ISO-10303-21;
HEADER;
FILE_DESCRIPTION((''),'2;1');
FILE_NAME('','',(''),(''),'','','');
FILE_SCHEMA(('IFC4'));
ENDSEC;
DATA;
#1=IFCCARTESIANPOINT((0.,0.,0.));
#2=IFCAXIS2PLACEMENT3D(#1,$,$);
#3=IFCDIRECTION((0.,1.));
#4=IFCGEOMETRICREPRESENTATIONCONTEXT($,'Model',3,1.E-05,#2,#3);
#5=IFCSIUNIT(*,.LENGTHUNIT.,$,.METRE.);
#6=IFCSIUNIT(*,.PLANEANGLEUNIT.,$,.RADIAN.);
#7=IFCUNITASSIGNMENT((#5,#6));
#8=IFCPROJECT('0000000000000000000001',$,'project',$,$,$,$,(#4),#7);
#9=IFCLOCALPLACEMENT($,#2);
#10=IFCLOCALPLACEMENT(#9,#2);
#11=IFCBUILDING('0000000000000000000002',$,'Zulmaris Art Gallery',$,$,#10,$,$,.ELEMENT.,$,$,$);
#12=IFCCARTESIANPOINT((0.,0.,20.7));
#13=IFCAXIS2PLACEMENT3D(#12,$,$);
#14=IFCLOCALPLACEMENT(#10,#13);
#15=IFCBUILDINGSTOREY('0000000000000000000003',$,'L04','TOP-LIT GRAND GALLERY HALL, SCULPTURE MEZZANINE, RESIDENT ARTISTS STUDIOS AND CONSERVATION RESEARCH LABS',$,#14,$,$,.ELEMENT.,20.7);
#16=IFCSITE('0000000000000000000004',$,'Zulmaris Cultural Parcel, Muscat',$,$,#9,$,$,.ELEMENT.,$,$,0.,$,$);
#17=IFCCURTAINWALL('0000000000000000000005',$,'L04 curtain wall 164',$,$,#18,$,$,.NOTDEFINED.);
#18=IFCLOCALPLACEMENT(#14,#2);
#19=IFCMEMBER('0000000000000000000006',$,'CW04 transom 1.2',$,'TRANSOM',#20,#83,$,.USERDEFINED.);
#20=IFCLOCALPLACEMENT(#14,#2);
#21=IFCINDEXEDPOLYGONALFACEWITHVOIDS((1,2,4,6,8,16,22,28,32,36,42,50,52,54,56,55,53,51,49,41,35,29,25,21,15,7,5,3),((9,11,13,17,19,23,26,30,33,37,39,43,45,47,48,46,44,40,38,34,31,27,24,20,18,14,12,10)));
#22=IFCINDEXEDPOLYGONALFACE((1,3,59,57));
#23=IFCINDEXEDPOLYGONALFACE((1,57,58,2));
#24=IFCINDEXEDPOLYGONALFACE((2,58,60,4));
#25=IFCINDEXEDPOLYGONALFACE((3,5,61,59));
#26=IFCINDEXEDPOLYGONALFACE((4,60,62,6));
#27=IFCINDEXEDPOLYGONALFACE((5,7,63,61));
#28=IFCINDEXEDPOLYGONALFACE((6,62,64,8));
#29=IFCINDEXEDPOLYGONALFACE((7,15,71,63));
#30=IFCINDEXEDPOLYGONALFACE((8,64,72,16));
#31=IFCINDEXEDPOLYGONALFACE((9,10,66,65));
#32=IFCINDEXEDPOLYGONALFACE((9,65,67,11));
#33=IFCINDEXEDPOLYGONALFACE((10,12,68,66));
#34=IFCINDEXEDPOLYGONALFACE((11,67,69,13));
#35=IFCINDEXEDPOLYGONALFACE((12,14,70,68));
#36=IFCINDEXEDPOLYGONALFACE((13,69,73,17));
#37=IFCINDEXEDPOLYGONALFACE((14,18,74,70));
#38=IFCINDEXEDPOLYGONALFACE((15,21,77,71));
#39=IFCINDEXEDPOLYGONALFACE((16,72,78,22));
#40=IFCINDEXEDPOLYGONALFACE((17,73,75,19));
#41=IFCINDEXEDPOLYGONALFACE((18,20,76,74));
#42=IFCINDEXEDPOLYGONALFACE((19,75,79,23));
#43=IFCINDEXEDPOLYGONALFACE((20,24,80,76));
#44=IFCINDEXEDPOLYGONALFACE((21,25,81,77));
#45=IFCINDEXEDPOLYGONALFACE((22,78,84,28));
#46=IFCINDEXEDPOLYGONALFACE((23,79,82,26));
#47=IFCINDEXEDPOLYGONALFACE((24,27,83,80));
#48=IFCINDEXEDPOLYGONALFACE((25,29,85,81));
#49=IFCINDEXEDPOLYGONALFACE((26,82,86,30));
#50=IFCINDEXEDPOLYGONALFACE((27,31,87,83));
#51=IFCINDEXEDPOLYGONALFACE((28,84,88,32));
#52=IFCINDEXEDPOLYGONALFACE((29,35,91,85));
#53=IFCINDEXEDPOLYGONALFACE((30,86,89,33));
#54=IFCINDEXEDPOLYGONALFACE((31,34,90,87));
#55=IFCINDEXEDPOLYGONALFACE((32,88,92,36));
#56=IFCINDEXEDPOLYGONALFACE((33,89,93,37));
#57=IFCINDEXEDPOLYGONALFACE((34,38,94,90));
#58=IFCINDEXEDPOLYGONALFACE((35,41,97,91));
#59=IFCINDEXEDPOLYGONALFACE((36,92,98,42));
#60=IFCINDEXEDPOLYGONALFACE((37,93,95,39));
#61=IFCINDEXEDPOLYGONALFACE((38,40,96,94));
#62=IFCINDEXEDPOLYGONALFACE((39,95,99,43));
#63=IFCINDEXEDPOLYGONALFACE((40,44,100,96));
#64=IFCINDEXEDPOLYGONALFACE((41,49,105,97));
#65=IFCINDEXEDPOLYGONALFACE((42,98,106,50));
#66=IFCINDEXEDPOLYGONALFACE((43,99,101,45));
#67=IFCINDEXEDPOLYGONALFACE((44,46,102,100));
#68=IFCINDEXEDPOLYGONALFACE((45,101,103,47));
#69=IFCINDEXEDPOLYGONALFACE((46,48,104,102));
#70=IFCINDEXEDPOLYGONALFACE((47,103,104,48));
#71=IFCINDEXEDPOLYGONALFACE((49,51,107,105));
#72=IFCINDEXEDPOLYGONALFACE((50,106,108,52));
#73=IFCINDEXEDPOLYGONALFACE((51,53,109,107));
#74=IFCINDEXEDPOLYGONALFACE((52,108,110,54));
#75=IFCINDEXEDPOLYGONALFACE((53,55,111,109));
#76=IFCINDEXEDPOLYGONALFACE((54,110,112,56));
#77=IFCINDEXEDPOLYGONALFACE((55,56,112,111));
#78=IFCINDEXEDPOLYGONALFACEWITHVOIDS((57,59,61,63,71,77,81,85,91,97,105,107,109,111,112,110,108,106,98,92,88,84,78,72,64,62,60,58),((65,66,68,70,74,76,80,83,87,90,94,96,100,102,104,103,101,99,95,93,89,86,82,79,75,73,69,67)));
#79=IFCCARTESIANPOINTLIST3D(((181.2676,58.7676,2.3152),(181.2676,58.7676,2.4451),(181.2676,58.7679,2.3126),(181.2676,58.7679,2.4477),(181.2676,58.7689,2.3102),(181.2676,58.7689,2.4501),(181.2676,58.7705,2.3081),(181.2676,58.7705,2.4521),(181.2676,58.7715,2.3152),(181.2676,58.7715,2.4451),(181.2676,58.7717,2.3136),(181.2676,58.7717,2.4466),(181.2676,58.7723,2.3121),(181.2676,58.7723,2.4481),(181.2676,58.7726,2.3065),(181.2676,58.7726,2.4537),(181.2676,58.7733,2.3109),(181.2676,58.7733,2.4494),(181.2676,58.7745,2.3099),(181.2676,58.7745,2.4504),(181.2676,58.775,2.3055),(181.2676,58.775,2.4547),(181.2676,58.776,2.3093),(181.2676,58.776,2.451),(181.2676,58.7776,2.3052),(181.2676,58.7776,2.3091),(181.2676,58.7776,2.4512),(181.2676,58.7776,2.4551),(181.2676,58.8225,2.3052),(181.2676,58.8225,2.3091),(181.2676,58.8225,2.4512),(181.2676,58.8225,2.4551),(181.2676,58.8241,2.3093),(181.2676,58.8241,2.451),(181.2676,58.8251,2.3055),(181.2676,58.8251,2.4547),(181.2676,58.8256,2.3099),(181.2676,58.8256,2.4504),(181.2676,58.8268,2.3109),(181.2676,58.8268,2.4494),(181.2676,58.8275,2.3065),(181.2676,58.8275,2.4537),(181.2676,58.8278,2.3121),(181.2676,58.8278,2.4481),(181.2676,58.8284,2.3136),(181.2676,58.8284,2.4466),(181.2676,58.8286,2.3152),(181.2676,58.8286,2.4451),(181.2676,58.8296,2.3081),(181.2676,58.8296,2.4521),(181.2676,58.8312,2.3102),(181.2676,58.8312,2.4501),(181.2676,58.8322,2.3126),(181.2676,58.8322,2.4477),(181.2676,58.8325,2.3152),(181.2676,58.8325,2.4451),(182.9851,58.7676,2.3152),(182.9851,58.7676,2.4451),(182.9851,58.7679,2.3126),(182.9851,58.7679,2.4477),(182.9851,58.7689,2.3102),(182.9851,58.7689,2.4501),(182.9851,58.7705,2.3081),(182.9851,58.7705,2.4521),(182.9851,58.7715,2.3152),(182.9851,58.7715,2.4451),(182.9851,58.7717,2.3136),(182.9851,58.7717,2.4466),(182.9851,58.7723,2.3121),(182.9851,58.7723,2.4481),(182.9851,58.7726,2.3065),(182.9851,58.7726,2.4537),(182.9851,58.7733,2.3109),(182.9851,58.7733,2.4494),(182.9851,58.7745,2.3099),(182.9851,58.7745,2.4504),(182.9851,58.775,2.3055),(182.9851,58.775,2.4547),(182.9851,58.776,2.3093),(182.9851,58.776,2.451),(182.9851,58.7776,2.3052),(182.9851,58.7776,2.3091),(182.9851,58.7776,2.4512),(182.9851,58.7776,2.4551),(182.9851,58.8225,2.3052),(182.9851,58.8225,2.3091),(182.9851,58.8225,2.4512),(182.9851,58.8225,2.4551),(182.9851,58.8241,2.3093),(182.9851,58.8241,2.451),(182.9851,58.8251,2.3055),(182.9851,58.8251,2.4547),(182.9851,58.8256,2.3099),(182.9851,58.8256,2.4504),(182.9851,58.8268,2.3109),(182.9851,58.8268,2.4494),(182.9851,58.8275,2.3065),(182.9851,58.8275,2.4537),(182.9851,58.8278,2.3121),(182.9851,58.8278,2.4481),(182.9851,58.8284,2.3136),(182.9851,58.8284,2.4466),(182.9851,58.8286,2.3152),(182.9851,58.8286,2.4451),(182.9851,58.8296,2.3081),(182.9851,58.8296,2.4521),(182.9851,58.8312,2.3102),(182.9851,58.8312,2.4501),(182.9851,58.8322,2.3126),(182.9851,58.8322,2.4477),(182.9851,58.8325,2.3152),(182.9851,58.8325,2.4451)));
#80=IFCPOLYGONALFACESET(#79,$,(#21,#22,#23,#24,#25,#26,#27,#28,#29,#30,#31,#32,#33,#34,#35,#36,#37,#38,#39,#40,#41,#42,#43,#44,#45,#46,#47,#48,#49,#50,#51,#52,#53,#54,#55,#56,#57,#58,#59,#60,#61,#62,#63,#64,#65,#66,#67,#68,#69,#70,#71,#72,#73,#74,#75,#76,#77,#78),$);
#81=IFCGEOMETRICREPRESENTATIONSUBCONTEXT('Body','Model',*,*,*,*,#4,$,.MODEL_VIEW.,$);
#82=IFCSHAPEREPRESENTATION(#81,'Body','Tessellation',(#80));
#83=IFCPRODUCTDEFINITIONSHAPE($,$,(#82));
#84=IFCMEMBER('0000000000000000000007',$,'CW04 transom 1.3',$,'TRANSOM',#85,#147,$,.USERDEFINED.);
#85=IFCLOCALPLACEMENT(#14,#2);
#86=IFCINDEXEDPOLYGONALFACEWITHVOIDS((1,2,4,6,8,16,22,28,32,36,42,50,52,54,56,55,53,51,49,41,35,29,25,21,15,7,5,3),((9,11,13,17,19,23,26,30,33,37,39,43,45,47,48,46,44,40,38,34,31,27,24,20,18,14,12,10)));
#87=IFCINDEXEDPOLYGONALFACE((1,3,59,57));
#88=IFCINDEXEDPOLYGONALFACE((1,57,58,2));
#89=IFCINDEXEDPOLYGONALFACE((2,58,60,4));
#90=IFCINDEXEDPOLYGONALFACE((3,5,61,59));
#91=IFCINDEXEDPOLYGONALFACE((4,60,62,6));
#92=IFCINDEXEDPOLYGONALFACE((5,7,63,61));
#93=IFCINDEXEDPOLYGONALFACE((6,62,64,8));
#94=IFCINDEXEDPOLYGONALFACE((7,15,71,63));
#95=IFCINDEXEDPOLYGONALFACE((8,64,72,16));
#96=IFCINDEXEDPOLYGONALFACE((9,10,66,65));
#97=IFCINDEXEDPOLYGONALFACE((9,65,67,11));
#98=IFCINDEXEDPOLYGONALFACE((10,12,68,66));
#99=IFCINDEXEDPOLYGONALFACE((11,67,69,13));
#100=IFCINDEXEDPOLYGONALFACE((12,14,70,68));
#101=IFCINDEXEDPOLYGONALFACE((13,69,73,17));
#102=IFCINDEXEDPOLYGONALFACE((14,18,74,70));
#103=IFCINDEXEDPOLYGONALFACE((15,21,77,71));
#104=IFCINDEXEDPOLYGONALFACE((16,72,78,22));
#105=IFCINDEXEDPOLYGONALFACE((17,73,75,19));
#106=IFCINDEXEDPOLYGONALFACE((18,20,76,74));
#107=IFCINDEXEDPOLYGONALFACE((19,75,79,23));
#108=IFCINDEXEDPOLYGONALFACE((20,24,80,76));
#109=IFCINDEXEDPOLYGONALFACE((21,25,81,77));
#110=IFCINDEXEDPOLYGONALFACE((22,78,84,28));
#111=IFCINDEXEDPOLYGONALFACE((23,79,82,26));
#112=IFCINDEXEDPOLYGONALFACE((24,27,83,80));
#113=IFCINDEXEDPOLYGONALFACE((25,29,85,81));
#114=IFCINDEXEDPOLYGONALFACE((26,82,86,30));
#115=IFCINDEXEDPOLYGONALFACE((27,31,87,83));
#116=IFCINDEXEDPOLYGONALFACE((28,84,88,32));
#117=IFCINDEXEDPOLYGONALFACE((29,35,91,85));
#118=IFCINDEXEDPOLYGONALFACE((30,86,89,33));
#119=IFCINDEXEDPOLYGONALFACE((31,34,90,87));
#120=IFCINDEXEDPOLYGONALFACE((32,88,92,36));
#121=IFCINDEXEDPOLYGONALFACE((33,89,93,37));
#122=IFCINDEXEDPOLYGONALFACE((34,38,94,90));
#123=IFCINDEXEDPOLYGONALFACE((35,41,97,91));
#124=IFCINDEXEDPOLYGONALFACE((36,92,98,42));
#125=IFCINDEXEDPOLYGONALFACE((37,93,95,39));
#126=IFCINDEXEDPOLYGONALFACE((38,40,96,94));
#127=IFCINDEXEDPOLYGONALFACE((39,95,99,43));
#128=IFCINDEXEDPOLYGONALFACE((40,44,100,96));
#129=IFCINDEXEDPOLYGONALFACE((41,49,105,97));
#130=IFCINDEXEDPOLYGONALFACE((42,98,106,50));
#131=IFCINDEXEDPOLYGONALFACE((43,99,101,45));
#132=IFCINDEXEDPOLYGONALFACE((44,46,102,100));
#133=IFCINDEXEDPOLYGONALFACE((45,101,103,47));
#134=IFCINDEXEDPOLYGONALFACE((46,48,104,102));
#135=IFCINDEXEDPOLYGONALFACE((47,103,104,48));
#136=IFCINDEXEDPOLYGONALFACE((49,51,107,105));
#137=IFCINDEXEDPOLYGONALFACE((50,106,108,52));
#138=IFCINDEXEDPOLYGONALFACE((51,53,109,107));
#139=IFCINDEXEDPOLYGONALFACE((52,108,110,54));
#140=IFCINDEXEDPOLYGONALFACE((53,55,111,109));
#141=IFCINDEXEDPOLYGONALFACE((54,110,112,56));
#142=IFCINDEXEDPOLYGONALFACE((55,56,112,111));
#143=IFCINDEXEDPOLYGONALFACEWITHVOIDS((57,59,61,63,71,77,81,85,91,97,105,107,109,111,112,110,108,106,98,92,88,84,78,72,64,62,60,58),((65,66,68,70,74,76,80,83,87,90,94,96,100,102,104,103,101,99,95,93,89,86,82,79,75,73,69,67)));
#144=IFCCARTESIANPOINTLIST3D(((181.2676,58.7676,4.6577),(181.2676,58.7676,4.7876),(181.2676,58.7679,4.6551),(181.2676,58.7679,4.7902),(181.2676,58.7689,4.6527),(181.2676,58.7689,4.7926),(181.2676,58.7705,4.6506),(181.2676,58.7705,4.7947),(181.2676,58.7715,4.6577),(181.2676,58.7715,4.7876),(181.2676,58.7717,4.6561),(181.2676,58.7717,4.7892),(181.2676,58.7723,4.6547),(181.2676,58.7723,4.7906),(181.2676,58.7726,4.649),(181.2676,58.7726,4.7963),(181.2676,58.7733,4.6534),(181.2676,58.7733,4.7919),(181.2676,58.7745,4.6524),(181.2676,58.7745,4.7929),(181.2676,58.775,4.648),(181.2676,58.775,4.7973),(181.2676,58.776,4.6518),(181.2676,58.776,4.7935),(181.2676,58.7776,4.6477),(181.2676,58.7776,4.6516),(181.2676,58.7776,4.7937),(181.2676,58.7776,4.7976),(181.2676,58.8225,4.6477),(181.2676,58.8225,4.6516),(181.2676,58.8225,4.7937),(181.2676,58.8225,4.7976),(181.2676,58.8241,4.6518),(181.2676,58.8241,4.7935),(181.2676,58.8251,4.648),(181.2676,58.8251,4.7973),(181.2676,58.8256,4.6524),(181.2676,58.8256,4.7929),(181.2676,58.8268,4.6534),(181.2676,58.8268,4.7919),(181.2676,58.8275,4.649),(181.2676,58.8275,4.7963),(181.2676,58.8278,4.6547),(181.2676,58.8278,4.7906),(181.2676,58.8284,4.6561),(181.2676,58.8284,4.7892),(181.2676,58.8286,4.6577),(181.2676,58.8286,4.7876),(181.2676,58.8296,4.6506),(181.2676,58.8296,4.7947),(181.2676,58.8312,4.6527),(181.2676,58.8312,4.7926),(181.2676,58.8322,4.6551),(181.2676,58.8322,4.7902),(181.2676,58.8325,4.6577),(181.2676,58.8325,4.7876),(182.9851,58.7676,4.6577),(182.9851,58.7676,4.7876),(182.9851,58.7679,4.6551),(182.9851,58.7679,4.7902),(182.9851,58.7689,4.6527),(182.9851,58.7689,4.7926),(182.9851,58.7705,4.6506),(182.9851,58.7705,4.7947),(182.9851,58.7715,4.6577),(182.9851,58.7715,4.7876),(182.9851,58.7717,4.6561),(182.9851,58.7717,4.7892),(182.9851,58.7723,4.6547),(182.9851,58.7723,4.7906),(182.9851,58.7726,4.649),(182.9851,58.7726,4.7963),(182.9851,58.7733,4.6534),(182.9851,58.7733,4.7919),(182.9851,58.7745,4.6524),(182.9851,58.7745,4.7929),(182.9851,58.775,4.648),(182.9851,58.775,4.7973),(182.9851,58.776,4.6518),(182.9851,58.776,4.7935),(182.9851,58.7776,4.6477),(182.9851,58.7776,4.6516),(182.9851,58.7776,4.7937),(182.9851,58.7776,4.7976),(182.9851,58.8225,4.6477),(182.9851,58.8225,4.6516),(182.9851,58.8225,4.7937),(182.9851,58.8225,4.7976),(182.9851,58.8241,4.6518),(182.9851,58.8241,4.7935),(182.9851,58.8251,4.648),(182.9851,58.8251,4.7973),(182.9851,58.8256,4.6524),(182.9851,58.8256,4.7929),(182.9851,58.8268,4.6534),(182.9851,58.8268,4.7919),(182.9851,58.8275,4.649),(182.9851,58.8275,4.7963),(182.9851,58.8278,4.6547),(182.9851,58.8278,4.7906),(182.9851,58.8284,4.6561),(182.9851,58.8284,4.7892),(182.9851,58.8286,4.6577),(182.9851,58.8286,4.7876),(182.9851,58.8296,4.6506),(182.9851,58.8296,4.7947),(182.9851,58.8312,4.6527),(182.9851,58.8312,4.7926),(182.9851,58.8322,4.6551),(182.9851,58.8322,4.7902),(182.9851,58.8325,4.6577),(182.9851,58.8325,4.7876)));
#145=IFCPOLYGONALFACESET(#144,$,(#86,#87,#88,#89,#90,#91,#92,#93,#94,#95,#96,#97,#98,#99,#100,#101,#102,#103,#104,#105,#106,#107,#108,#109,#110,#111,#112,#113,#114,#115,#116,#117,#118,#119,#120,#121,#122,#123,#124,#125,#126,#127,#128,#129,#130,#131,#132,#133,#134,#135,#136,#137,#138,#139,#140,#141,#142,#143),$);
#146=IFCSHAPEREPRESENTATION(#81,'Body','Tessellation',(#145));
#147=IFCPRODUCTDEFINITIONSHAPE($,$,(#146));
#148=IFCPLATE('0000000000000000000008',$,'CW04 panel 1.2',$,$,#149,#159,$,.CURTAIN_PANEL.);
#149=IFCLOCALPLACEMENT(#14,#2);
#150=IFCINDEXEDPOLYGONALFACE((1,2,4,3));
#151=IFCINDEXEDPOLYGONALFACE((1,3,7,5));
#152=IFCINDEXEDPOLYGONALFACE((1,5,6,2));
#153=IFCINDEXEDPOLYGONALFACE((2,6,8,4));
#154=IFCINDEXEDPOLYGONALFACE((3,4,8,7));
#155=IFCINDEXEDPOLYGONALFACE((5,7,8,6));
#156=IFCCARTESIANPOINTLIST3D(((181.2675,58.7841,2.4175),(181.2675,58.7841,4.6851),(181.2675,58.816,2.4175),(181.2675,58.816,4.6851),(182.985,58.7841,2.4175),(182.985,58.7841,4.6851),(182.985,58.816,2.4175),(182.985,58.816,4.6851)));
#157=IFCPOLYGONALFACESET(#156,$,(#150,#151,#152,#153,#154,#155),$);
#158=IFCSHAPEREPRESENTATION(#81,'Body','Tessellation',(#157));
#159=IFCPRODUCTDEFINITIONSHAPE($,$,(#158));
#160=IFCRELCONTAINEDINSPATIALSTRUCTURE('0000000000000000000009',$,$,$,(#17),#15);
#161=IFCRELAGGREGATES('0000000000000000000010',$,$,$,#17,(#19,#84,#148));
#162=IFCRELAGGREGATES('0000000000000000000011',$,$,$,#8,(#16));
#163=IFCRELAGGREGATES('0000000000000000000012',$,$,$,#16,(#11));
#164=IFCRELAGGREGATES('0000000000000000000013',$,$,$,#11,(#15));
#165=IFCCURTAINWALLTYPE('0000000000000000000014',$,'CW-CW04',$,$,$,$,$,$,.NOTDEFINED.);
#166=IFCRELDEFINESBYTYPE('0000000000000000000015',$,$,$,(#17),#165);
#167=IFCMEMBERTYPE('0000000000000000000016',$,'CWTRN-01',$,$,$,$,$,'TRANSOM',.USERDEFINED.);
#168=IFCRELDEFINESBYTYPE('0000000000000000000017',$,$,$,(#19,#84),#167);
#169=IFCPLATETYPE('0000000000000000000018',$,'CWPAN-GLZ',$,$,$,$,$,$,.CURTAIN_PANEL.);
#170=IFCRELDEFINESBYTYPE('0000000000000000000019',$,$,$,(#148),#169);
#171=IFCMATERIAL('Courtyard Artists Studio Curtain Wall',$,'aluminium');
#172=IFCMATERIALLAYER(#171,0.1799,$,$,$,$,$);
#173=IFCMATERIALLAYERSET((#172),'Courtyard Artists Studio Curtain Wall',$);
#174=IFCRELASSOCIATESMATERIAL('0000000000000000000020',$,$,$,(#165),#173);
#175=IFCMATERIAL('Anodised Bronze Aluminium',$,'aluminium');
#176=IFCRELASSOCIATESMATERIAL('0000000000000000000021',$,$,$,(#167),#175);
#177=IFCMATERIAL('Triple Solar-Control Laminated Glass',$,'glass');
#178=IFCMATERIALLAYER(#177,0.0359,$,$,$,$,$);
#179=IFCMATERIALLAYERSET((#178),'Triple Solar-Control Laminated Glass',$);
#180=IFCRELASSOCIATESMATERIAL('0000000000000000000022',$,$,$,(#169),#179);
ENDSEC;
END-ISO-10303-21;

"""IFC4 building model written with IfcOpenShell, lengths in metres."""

from ifc_helpers import new_model, si_unit, direction, frame, origin, origin_2d, place, context, subcontext, project, spatial, rectangle, hollow_rectangle, extrude, material, layer, layer_set, material_profile, profile_set, type_object, element, aggregate, save


model = new_model("IFC4")

# Units and contexts
model_context = context("Model", 3, precision=1e-05, world=origin(), true_north=direction((0.0, 1.0)))
body_context = subcontext(model_context, "Body", "Model", "MODEL_VIEW")
ifc_project = project(units=[si_unit("LENGTHUNIT", "METRE"), si_unit("PLANEANGLEUNIT", "RADIAN")], contexts=[model_context])

# Site, building, storey
site_placement = place(None, origin())
site = spatial("IfcSite", under=ifc_project, at=site_placement, Name="Zulmaris Cultural Parcel, Muscat", CompositionType="ELEMENT", RefElevation=0.0)
building_placement = place(site_placement, origin())
building = spatial("IfcBuilding", under=site, at=building_placement, Name="Zulmaris Art Gallery", CompositionType="ELEMENT")
storey_placement = place(building_placement, frame((0.0, 0.0, 20.7)))
storey = spatial("IfcBuildingStorey", under=building, at=storey_placement, Name="L04", Description="TOP-LIT GRAND GALLERY HALL, SCULPTURE MEZZANINE, RESIDENT ARTISTS STUDIOS AND CONSERVATION RESEARCH LABS", CompositionType="ELEMENT", Elevation=20.7)

# Curtain wall, members, plate
ifc_material_1 = material(Name="Courtyard Artists Studio Curtain Wall", Category="aluminium")
ifc_layer_1 = layer(ifc_material_1, 0.1799)
ifc_layer_set_1 = layer_set([ifc_layer_1], Name="Courtyard Artists Studio Curtain Wall")
curtain_wall_type = type_object("IfcCurtainWallType", Name="CW-CW04", PredefinedType="NOTDEFINED", material=ifc_layer_set_1)
curtain_wall_placement = place(storey_placement, origin())
curtain_wall = element("IfcCurtainWall", 1, at=curtain_wall_placement, inside=storey, type_object=curtain_wall_type, Name="L04 curtain wall 164", PredefinedType="NOTDEFINED")
ifc_material_2 = material(Name="Anodised Bronze Aluminium", Category="aluminium")
ifc_material_profile_1 = material_profile(ifc_material_2, hollow_rectangle(XDim=0.0649, YDim=0.1499, WallThickness=0.0039, InnerFilletRadius=0.0061, OuterFilletRadius=0.01, at=origin_2d()), Name="ALU 65x150x4")
ifc_profile_set_1 = profile_set([ifc_material_profile_1], Name="Anodised Bronze Aluminium")
member_type_1 = type_object("IfcMemberType", Name="CWTRN-01", ElementType="TRANSOM", PredefinedType="USERDEFINED", material=ifc_profile_set_1)
member_1_placement = place(storey_placement, frame((182.9851, 58.8, 2.3801), z_axis=(-1.0, 0.0, 0.0), x_axis=(0.0, -1.0, 0.0)))
member_1 = element("IfcMember", 2, at=member_1_placement, type_object=member_type_1, Name="CW04 transom 1.2", ObjectType="TRANSOM", PredefinedType="USERDEFINED", context=body_context, shape_type="SweptSolid", body=[
    extrude(hollow_rectangle(XDim=0.0649, YDim=0.1499, WallThickness=0.0039, InnerFilletRadius=0.0061, OuterFilletRadius=0.01, at=origin_2d()), origin(), (0.0, 0.0, 1.0), 1.7175),
])
member_2_placement = place(storey_placement, frame((182.9851, 58.8, 4.7227), z_axis=(-1.0, 0.0, 0.0), x_axis=(0.0, -1.0, 0.0)))
member_2 = element("IfcMember", 3, at=member_2_placement, type_object=member_type_1, Name="CW04 transom 1.3", ObjectType="TRANSOM", PredefinedType="USERDEFINED", context=body_context, shape_type="SweptSolid", body=[
    extrude(hollow_rectangle(XDim=0.0649, YDim=0.1499, WallThickness=0.0039, InnerFilletRadius=0.0061, OuterFilletRadius=0.01, at=origin_2d()), origin(), (0.0, 0.0, 1.0), 1.7175),
])
ifc_material_3 = material(Name="Triple Solar-Control Laminated Glass", Category="glass")
ifc_layer_2 = layer(ifc_material_3, 0.0359)
ifc_layer_set_2 = layer_set([ifc_layer_2], Name="Triple Solar-Control Laminated Glass")
plate_type = type_object("IfcPlateType", Name="CWPAN-GLZ", PredefinedType="CURTAIN_PANEL", material=ifc_layer_set_2)
plate_placement = place(storey_placement, frame((182.1262, 58.8, 2.4175), z_axis=(0.0, 0.0, 1.0), x_axis=(-1.0, 0.0, 0.0)))
plate = element("IfcPlate", 4, at=plate_placement, type_object=plate_type, Name="CW04 panel 1.2", PredefinedType="CURTAIN_PANEL", context=body_context, shape_type="SweptSolid", body=[
    extrude(rectangle(XDim=1.7175, YDim=0.032, at=origin_2d()), origin(), (0.0, 0.0, 1.0), 2.2676),
])
aggregate(curtain_wall, [member_1, member_2, plate])

save(model, "model.ifc")
